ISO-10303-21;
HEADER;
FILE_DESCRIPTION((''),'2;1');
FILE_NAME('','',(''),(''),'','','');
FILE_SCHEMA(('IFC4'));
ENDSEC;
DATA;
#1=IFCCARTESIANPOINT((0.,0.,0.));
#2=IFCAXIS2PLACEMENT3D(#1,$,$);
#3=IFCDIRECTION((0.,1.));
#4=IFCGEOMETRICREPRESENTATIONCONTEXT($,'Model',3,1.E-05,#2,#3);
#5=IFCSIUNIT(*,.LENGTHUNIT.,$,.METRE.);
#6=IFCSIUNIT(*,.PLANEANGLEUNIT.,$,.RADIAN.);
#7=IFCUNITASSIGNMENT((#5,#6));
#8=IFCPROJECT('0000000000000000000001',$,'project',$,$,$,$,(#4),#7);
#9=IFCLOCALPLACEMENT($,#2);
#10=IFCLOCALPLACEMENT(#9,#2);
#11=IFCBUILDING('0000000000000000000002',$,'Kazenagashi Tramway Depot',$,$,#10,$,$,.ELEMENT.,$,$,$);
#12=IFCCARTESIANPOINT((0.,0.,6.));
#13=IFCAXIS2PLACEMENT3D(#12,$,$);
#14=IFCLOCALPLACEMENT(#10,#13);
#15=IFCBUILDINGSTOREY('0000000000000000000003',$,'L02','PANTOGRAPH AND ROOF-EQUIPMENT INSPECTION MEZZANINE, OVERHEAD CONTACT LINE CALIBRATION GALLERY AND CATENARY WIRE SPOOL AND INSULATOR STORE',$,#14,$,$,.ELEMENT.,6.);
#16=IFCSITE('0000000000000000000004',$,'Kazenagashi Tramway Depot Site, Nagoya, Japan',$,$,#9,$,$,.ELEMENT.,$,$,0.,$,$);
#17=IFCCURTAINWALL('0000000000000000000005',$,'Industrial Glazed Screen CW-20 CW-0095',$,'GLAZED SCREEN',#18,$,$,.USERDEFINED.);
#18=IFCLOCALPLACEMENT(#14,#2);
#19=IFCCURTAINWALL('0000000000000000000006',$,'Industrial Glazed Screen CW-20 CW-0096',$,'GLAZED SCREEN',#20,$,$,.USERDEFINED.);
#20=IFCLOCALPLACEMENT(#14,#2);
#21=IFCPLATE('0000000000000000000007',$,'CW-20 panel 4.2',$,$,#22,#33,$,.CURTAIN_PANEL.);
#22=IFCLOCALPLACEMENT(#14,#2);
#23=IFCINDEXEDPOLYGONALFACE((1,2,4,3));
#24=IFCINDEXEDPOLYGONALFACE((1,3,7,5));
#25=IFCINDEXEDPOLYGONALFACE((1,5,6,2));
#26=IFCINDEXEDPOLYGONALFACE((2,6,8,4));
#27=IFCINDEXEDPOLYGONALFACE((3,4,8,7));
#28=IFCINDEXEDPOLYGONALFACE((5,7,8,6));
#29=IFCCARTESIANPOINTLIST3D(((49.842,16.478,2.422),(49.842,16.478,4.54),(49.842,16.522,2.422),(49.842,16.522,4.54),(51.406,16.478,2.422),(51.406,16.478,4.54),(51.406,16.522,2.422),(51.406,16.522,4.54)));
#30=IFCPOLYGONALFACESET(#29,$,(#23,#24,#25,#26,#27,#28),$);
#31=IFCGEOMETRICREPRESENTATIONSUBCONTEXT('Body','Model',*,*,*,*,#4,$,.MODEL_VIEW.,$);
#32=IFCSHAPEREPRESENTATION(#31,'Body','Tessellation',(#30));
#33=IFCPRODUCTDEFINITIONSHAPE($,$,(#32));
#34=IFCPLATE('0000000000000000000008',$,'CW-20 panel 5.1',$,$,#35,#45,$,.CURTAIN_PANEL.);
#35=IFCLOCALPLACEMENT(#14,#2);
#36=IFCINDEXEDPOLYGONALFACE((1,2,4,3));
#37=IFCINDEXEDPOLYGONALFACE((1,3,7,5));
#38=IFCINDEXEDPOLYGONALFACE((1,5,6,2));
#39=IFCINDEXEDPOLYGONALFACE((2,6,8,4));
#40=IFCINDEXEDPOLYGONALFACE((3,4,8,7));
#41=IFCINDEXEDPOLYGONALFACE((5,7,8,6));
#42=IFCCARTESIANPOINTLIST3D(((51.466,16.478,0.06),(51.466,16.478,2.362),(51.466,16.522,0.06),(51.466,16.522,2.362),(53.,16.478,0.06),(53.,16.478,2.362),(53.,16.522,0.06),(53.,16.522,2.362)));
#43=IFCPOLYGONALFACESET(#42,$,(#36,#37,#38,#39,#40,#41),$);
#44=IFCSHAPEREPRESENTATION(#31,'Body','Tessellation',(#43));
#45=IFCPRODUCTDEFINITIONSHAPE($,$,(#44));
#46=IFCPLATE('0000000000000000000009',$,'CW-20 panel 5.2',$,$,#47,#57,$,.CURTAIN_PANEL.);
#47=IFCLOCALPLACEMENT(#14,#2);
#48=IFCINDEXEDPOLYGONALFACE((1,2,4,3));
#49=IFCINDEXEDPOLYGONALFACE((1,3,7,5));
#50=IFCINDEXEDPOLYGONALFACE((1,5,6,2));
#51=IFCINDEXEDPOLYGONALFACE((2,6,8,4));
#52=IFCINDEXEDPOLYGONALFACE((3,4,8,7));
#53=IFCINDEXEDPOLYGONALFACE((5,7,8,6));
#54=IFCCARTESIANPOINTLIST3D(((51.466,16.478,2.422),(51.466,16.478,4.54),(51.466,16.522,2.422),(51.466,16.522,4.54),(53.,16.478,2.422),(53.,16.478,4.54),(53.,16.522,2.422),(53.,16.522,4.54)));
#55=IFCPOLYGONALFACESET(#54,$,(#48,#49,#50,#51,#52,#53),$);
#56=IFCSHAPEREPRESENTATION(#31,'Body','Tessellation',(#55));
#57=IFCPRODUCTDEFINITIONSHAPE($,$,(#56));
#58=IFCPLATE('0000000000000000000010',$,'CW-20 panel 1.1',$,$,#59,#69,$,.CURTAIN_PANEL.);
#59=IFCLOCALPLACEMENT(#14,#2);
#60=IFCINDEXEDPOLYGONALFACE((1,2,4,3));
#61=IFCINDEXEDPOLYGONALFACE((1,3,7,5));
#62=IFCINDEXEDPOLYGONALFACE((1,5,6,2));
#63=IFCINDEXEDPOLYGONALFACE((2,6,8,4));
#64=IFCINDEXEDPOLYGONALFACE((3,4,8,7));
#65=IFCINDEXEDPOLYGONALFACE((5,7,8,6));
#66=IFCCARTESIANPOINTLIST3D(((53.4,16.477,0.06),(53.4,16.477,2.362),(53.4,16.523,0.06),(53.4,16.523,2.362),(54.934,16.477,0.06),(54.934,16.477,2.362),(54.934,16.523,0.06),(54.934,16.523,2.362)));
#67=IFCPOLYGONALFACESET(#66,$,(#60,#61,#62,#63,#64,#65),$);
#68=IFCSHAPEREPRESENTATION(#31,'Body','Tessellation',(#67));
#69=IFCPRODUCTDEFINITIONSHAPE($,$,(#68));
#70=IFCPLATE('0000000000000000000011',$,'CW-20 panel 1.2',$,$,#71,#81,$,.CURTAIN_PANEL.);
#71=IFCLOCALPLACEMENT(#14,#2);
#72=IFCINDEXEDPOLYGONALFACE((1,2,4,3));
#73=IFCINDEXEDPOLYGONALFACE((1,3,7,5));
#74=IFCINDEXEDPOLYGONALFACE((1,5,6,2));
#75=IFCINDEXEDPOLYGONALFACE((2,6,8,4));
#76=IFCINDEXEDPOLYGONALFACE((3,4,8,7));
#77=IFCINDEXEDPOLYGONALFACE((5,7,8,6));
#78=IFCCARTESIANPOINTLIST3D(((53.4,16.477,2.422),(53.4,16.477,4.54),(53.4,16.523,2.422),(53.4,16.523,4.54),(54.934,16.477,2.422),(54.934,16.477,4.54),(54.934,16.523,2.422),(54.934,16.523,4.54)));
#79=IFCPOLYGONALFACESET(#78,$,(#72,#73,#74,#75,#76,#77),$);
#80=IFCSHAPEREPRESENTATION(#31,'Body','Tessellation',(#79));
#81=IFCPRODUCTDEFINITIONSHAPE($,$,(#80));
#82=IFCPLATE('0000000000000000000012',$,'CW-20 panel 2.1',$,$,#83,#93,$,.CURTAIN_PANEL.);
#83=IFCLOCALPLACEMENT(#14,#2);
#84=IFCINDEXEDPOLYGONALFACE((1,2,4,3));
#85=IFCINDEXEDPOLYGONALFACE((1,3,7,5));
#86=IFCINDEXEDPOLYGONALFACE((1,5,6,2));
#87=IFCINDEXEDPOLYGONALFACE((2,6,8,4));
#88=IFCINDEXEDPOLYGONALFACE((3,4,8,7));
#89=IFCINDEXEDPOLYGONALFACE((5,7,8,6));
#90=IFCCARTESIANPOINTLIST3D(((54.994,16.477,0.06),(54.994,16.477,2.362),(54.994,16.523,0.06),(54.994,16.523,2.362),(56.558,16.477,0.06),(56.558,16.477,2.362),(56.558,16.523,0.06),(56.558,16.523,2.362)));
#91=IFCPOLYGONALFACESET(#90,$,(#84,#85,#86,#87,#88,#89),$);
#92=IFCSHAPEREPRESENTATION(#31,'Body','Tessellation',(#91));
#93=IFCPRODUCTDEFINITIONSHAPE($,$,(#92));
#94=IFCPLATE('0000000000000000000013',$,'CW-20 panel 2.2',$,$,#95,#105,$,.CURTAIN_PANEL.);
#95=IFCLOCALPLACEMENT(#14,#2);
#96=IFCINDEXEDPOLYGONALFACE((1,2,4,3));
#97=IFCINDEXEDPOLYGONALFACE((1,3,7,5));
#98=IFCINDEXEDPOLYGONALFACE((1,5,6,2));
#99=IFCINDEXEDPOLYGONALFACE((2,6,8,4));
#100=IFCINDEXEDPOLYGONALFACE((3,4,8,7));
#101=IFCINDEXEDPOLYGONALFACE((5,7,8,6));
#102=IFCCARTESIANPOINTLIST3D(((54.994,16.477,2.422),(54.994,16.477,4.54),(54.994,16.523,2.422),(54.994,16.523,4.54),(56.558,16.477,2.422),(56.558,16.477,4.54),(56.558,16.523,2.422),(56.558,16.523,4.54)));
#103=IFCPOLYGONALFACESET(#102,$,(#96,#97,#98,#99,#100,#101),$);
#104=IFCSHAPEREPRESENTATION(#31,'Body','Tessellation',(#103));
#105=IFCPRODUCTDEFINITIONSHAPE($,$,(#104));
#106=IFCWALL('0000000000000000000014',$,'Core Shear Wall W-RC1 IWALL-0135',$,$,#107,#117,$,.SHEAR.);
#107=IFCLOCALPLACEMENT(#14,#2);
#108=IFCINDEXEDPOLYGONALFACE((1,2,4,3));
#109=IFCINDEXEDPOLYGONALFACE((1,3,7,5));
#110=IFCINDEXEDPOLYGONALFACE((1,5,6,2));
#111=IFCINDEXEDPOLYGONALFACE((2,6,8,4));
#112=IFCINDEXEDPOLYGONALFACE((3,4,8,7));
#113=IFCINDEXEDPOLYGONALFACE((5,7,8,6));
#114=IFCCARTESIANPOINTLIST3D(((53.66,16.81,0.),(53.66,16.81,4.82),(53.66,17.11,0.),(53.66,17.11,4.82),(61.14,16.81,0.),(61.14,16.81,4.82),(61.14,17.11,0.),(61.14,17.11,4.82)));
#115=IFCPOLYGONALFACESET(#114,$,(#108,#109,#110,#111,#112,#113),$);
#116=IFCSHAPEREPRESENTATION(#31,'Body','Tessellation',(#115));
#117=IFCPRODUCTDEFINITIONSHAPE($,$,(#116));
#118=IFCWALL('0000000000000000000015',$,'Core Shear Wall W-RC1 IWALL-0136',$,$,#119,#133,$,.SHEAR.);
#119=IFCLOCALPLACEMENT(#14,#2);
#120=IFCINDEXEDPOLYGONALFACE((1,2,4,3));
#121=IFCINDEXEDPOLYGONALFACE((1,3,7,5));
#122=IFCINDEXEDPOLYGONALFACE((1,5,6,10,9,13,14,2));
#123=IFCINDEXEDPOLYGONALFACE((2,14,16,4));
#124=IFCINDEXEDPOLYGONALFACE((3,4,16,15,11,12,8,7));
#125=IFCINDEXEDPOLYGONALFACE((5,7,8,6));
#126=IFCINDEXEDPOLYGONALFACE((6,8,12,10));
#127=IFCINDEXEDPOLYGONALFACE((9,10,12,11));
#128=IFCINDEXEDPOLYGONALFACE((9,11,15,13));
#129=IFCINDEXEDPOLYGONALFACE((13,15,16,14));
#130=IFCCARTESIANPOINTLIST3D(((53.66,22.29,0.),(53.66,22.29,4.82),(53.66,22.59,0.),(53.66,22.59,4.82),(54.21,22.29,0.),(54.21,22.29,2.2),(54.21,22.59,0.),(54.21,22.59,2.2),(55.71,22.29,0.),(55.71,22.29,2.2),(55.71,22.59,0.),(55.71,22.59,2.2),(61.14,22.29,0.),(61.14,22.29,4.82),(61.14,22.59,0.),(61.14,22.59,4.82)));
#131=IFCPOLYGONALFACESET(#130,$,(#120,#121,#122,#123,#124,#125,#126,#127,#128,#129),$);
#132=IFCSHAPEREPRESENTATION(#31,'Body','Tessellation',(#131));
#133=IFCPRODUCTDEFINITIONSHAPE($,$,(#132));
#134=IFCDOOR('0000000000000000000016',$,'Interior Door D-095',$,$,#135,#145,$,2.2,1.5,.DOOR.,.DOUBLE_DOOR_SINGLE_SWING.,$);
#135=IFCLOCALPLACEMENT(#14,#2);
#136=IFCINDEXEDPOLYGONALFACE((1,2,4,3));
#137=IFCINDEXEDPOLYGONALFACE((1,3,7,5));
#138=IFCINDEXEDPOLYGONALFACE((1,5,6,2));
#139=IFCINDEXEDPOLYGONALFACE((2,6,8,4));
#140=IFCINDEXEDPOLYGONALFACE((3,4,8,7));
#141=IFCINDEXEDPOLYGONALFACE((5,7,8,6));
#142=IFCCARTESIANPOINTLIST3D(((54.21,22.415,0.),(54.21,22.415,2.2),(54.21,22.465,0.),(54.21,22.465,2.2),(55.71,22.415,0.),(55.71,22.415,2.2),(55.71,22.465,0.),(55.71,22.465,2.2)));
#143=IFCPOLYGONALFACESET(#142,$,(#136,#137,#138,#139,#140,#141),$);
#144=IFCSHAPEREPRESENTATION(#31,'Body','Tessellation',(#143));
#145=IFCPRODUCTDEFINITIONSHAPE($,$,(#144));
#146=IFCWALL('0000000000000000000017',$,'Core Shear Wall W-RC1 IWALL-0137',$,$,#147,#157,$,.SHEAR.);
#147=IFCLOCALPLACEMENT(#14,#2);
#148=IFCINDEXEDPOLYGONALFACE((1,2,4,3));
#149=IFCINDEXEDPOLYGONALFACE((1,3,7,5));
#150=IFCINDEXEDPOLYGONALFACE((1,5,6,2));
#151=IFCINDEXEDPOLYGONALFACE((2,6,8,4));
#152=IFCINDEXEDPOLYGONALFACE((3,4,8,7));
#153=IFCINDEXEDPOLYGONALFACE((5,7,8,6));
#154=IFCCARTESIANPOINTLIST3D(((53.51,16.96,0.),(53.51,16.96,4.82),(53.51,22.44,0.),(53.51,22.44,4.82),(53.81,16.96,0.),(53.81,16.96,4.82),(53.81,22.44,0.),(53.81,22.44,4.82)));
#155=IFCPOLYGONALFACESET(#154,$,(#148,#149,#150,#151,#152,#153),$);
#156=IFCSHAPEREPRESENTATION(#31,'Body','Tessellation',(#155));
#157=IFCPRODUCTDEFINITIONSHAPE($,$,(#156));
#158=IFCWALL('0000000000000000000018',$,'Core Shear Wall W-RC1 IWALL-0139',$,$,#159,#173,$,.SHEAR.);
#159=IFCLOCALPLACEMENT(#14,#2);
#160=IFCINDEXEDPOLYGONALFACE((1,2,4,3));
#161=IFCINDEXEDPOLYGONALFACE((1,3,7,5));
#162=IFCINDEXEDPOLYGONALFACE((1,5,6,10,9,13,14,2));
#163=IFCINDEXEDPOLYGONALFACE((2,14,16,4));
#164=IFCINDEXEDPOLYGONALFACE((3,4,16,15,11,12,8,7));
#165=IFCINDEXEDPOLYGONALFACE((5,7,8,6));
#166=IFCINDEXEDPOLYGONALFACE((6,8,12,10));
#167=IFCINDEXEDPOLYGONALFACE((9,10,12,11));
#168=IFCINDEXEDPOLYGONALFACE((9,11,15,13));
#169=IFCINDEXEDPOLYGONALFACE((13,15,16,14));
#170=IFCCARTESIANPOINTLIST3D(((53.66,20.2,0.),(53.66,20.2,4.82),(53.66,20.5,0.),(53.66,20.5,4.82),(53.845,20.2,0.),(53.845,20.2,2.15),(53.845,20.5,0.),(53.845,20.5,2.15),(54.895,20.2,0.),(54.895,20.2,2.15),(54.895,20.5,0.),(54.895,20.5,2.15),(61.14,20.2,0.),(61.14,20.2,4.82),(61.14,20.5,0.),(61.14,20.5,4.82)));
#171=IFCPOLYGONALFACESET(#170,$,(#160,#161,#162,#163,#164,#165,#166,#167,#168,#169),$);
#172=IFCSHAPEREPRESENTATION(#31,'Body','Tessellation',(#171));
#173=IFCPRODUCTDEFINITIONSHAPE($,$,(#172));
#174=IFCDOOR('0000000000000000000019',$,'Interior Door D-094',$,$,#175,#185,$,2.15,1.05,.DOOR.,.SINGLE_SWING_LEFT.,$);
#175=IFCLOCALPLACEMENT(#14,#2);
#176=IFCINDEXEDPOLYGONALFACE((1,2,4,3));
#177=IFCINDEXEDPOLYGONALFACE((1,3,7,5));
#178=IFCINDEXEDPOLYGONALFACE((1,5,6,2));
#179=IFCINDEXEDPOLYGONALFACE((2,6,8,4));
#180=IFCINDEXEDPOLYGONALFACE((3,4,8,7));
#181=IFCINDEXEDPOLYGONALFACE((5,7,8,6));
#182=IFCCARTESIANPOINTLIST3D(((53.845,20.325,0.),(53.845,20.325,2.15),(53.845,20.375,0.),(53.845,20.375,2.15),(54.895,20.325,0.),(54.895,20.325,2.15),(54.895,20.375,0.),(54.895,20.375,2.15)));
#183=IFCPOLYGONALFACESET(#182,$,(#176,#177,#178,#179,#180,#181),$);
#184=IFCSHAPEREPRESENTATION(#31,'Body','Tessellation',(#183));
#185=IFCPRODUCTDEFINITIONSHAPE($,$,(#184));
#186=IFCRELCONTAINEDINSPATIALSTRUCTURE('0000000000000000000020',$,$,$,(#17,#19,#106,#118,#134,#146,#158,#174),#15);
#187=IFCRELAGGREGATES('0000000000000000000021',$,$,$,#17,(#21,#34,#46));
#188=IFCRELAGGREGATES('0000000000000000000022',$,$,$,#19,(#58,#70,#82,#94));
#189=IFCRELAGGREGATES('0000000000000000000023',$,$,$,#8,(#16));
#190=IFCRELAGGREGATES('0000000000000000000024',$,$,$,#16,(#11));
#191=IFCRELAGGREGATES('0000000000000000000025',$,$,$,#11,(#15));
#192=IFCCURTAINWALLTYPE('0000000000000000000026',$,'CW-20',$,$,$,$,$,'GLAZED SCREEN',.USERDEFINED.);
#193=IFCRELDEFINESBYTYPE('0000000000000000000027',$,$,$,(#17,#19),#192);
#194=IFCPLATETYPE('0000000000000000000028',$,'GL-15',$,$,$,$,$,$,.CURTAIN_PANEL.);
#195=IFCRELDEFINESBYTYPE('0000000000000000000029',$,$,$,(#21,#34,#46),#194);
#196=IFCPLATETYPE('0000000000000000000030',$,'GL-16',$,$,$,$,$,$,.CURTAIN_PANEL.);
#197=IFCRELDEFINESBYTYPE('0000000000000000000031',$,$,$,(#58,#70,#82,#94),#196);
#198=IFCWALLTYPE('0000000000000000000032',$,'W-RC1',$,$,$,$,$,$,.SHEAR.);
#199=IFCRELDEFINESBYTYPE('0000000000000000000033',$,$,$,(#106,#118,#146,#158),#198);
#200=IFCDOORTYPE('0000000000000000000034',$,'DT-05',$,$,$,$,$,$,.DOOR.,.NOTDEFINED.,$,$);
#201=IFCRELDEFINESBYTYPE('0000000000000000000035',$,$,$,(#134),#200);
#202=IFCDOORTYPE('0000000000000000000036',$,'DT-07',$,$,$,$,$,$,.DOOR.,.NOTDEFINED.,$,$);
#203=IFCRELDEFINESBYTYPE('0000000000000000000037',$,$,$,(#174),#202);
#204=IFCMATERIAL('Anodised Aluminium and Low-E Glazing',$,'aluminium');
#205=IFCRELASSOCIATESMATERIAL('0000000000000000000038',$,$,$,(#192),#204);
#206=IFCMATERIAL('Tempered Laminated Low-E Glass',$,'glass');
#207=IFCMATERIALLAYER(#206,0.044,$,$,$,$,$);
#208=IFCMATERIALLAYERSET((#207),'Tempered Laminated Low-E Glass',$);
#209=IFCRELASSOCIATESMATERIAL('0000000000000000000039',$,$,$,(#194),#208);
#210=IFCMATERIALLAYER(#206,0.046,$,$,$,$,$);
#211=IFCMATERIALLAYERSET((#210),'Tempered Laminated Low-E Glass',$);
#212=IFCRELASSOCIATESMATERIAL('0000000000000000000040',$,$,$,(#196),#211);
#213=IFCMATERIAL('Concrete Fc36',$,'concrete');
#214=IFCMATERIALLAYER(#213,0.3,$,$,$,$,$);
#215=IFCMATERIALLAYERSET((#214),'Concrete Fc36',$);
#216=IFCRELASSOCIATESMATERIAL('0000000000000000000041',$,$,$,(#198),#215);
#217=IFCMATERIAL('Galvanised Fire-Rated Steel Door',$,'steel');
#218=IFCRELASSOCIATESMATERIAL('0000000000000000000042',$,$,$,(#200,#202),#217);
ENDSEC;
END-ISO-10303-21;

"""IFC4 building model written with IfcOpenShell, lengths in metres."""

from ifc_helpers import new_model, si_unit, direction, frame, frame_2d, origin, origin_2d, place, context, subcontext, project, spatial, rectangle, extrude, material, layer, layer_set, type_object, element, fill, aggregate, save


model = new_model("IFC4")

# Units and contexts
model_context = context("Model", 3, precision=1e-05, world=origin(), true_north=direction((0.0, 1.0)))
body_context = subcontext(model_context, "Body", "Model", "MODEL_VIEW")
ifc_project = project(units=[si_unit("LENGTHUNIT", "METRE"), si_unit("PLANEANGLEUNIT", "RADIAN")], contexts=[model_context])

# Site, building, storey
site_placement = place(None, origin())
site = spatial("IfcSite", under=ifc_project, at=site_placement, Name="Kazenagashi Tramway Depot Site, Nagoya, Japan", CompositionType="ELEMENT", RefElevation=0.0)
building_placement = place(site_placement, origin())
building = spatial("IfcBuilding", under=site, at=building_placement, Name="Kazenagashi Tramway Depot", CompositionType="ELEMENT")
storey_placement = place(building_placement, frame((0.0, 0.0, 6.0)))
storey = spatial("IfcBuildingStorey", under=building, at=storey_placement, Name="L02", Description="PANTOGRAPH AND ROOF-EQUIPMENT INSPECTION MEZZANINE, OVERHEAD CONTACT LINE CALIBRATION GALLERY AND CATENARY WIRE SPOOL AND INSULATOR STORE", CompositionType="ELEMENT", Elevation=6.0)

# Curtain walls
ifc_material_1 = material(Name="Anodised Aluminium and Low-E Glazing", Category="aluminium")
curtain_wall_type = type_object("IfcCurtainWallType", Name="CW-20", ElementType="GLAZED SCREEN", PredefinedType="USERDEFINED", material=ifc_material_1)
curtain_wall_1_placement = place(storey_placement, origin())
curtain_wall_1 = element("IfcCurtainWall", 1, at=curtain_wall_1_placement, inside=storey, type_object=curtain_wall_type, Name="Industrial Glazed Screen CW-20 CW-0095", ObjectType="GLAZED SCREEN", PredefinedType="USERDEFINED")
curtain_wall_2_placement = place(storey_placement, origin())
curtain_wall_2 = element("IfcCurtainWall", 2, at=curtain_wall_2_placement, inside=storey, type_object=curtain_wall_type, Name="Industrial Glazed Screen CW-20 CW-0096", ObjectType="GLAZED SCREEN", PredefinedType="USERDEFINED")

# Plates
ifc_material_2 = material(Name="Tempered Laminated Low-E Glass", Category="glass")
ifc_layer_1 = layer(ifc_material_2, 0.044)
ifc_layer_set_1 = layer_set([ifc_layer_1], Name="Tempered Laminated Low-E Glass")
plate_type_1 = type_object("IfcPlateType", Name="GL-15", PredefinedType="CURTAIN_PANEL", material=ifc_layer_set_1)
plate_1_placement = place(storey_placement, frame((50.624, 16.5, 2.422), z_axis=(0.0, 0.0, 1.0), x_axis=(1.0, 0.0, 0.0)))
plate_1 = element("IfcPlate", 3, at=plate_1_placement, type_object=plate_type_1, Name="CW-20 panel 4.2", PredefinedType="CURTAIN_PANEL", context=body_context, shape_type="SweptSolid", body=[
    extrude(rectangle(XDim=1.564, YDim=0.044, at=origin_2d()), origin(), (0.0, 0.0, 1.0), 2.118),
])
plate_2_placement = place(storey_placement, frame((52.233, 16.5, 0.06), z_axis=(0.0, 0.0, 1.0), x_axis=(1.0, 0.0, 0.0)))
plate_2 = element("IfcPlate", 4, at=plate_2_placement, type_object=plate_type_1, Name="CW-20 panel 5.1", PredefinedType="CURTAIN_PANEL", context=body_context, shape_type="SweptSolid", body=[
    extrude(rectangle(XDim=1.534, YDim=0.044, at=origin_2d()), origin(), (0.0, 0.0, 1.0), 2.302),
])
plate_3_placement = place(storey_placement, frame((52.233, 16.5, 2.422), z_axis=(0.0, 0.0, 1.0), x_axis=(1.0, 0.0, 0.0)))
plate_3 = element("IfcPlate", 5, at=plate_3_placement, type_object=plate_type_1, Name="CW-20 panel 5.2", PredefinedType="CURTAIN_PANEL", context=body_context, shape_type="SweptSolid", body=[
    extrude(rectangle(XDim=1.534, YDim=0.044, at=origin_2d()), origin(), (0.0, 0.0, 1.0), 2.118),
])
aggregate(curtain_wall_1, [plate_1, plate_2, plate_3])
ifc_layer_2 = layer(ifc_material_2, 0.046)
ifc_layer_set_2 = layer_set([ifc_layer_2], Name="Tempered Laminated Low-E Glass")
plate_type_2 = type_object("IfcPlateType", Name="GL-16", PredefinedType="CURTAIN_PANEL", material=ifc_layer_set_2)
plate_4_placement = place(storey_placement, frame((54.167, 16.5, 0.06), z_axis=(0.0, 0.0, 1.0), x_axis=(1.0, 0.0, 0.0)))
plate_4 = element("IfcPlate", 6, at=plate_4_placement, type_object=plate_type_2, Name="CW-20 panel 1.1", PredefinedType="CURTAIN_PANEL", context=body_context, shape_type="SweptSolid", body=[
    extrude(rectangle(XDim=1.534, YDim=0.046, at=origin_2d()), origin(), (0.0, 0.0, 1.0), 2.302),
])
plate_5_placement = place(storey_placement, frame((54.167, 16.5, 2.422), z_axis=(0.0, 0.0, 1.0), x_axis=(1.0, 0.0, 0.0)))
plate_5 = element("IfcPlate", 7, at=plate_5_placement, type_object=plate_type_2, Name="CW-20 panel 1.2", PredefinedType="CURTAIN_PANEL", context=body_context, shape_type="SweptSolid", body=[
    extrude(rectangle(XDim=1.534, YDim=0.046, at=origin_2d()), origin(), (0.0, 0.0, 1.0), 2.118),
])
plate_6_placement = place(storey_placement, frame((55.776, 16.5, 0.06), z_axis=(0.0, 0.0, 1.0), x_axis=(1.0, 0.0, 0.0)))
plate_6 = element("IfcPlate", 8, at=plate_6_placement, type_object=plate_type_2, Name="CW-20 panel 2.1", PredefinedType="CURTAIN_PANEL", context=body_context, shape_type="SweptSolid", body=[
    extrude(rectangle(XDim=1.564, YDim=0.046, at=origin_2d()), origin(), (0.0, 0.0, 1.0), 2.302),
])
plate_7_placement = place(storey_placement, frame((55.776, 16.5, 2.422), z_axis=(0.0, 0.0, 1.0), x_axis=(1.0, 0.0, 0.0)))
plate_7 = element("IfcPlate", 9, at=plate_7_placement, type_object=plate_type_2, Name="CW-20 panel 2.2", PredefinedType="CURTAIN_PANEL", context=body_context, shape_type="SweptSolid", body=[
    extrude(rectangle(XDim=1.564, YDim=0.046, at=origin_2d()), origin(), (0.0, 0.0, 1.0), 2.118),
])
aggregate(curtain_wall_2, [plate_4, plate_5, plate_6, plate_7])

# Wall
ifc_material_3 = material(Name="Concrete Fc36", Category="concrete")
ifc_layer_3 = layer(ifc_material_3, 0.3)
ifc_layer_set_3 = layer_set([ifc_layer_3], Name="Concrete Fc36")
wall_type = type_object("IfcWallType", Name="W-RC1", PredefinedType="SHEAR", material=ifc_layer_set_3)
wall_1_placement = place(storey_placement, frame((53.66, 16.96, 0.0), z_axis=(0.0, 0.0, 1.0), x_axis=(1.0, 0.0, 0.0)))
element("IfcWall", 10, at=wall_1_placement, inside=storey, type_object=wall_type, Name="Core Shear Wall W-RC1 IWALL-0135", PredefinedType="SHEAR", context=body_context, shape_type="SweptSolid", body=[
    extrude(rectangle(XDim=7.48, YDim=0.3, at=frame_2d((3.74, 0.0))), origin(), (0.0, 0.0, 1.0), 4.82),
])

# Wall, opening, door
wall_2_placement = place(storey_placement, frame((53.66, 22.44, 0.0), z_axis=(0.0, 0.0, 1.0), x_axis=(1.0, 0.0, 0.0)))
wall_2 = element("IfcWall", 11, at=wall_2_placement, inside=storey, type_object=wall_type, Name="Core Shear Wall W-RC1 IWALL-0136", PredefinedType="SHEAR", context=body_context, shape_type="SweptSolid", body=[
    extrude(rectangle(XDim=7.48, YDim=0.3, at=frame_2d((3.74, 0.0))), origin(), (0.0, 0.0, 1.0), 4.82),
])
opening_1_placement = place(wall_2_placement, frame((0.55, 0.0, 0.0)))
opening_1 = element("IfcOpeningElement", 12, at=opening_1_placement, cuts=wall_2, PredefinedType="OPENING", context=body_context, shape_type="SweptSolid", body=[
    extrude(rectangle(XDim=1.5, YDim=2.2, at=frame_2d((0.75, 1.1))), frame((0.0, 0.16, 0.0), z_axis=(0.0, -1.0, 0.0), x_axis=(1.0, 0.0, 0.0)), (0.0, 0.0, 1.0), 0.32),
])
ifc_material_4 = material(Name="Galvanised Fire-Rated Steel Door", Category="steel")
door_type_1 = type_object("IfcDoorType", Name="DT-05", OperationType="NOTDEFINED", PredefinedType="DOOR", material=ifc_material_4)
door_1_placement = place(opening_1_placement, origin())
door_1 = element("IfcDoor", 13, at=door_1_placement, inside=storey, type_object=door_type_1, Name="Interior Door D-095", OperationType="DOUBLE_DOOR_SINGLE_SWING", OverallHeight=2.2, OverallWidth=1.5, PredefinedType="DOOR", context=body_context, shape_type="SweptSolid", body=[
    extrude(rectangle(XDim=1.5, YDim=2.2, at=frame_2d((0.75, 1.1))), frame((0.0, 0.025, 0.0), z_axis=(0.0, -1.0, 0.0), x_axis=(1.0, 0.0, 0.0)), (0.0, 0.0, 1.0), 0.05),
])
fill(opening_1, door_1)

# Wall
wall_3_placement = place(storey_placement, frame((53.66, 16.96, 0.0), z_axis=(0.0, 0.0, 1.0), x_axis=(0.0, 1.0, 0.0)))
element("IfcWall", 14, at=wall_3_placement, inside=storey, type_object=wall_type, Name="Core Shear Wall W-RC1 IWALL-0137", PredefinedType="SHEAR", context=body_context, shape_type="SweptSolid", body=[
    extrude(rectangle(XDim=5.48, YDim=0.3, at=frame_2d((2.74, 0.0))), origin(), (0.0, 0.0, 1.0), 4.82),
])

# Wall, opening, door
wall_4_placement = place(storey_placement, frame((53.66, 20.35, 0.0), z_axis=(0.0, 0.0, 1.0), x_axis=(1.0, 0.0, 0.0)))
wall_4 = element("IfcWall", 15, at=wall_4_placement, inside=storey, type_object=wall_type, Name="Core Shear Wall W-RC1 IWALL-0139", PredefinedType="SHEAR", context=body_context, shape_type="SweptSolid", body=[
    extrude(rectangle(XDim=7.48, YDim=0.3, at=frame_2d((3.74, 0.0))), origin(), (0.0, 0.0, 1.0), 4.82),
])
opening_2_placement = place(wall_4_placement, frame((0.185, 0.0, 0.0)))
opening_2 = element("IfcOpeningElement", 16, at=opening_2_placement, cuts=wall_4, PredefinedType="OPENING", context=body_context, shape_type="SweptSolid", body=[
    extrude(rectangle(XDim=1.05, YDim=2.15, at=frame_2d((0.525, 1.075))), frame((0.0, 0.16, 0.0), z_axis=(0.0, -1.0, 0.0), x_axis=(1.0, 0.0, 0.0)), (0.0, 0.0, 1.0), 0.32),
])
door_type_2 = type_object("IfcDoorType", Name="DT-07", OperationType="NOTDEFINED", PredefinedType="DOOR", material=ifc_material_4)
door_2_placement = place(opening_2_placement, origin())
door_2 = element("IfcDoor", 17, at=door_2_placement, inside=storey, type_object=door_type_2, Name="Interior Door D-094", OperationType="SINGLE_SWING_LEFT", OverallHeight=2.15, OverallWidth=1.05, PredefinedType="DOOR", context=body_context, shape_type="SweptSolid", body=[
    extrude(rectangle(XDim=1.05, YDim=2.15, at=frame_2d((0.525, 1.075))), frame((0.0, 0.025, 0.0), z_axis=(0.0, -1.0, 0.0), x_axis=(1.0, 0.0, 0.0)), (0.0, 0.0, 1.0), 0.05),
])
fill(opening_2, door_2)

save(model, "model.ifc")
